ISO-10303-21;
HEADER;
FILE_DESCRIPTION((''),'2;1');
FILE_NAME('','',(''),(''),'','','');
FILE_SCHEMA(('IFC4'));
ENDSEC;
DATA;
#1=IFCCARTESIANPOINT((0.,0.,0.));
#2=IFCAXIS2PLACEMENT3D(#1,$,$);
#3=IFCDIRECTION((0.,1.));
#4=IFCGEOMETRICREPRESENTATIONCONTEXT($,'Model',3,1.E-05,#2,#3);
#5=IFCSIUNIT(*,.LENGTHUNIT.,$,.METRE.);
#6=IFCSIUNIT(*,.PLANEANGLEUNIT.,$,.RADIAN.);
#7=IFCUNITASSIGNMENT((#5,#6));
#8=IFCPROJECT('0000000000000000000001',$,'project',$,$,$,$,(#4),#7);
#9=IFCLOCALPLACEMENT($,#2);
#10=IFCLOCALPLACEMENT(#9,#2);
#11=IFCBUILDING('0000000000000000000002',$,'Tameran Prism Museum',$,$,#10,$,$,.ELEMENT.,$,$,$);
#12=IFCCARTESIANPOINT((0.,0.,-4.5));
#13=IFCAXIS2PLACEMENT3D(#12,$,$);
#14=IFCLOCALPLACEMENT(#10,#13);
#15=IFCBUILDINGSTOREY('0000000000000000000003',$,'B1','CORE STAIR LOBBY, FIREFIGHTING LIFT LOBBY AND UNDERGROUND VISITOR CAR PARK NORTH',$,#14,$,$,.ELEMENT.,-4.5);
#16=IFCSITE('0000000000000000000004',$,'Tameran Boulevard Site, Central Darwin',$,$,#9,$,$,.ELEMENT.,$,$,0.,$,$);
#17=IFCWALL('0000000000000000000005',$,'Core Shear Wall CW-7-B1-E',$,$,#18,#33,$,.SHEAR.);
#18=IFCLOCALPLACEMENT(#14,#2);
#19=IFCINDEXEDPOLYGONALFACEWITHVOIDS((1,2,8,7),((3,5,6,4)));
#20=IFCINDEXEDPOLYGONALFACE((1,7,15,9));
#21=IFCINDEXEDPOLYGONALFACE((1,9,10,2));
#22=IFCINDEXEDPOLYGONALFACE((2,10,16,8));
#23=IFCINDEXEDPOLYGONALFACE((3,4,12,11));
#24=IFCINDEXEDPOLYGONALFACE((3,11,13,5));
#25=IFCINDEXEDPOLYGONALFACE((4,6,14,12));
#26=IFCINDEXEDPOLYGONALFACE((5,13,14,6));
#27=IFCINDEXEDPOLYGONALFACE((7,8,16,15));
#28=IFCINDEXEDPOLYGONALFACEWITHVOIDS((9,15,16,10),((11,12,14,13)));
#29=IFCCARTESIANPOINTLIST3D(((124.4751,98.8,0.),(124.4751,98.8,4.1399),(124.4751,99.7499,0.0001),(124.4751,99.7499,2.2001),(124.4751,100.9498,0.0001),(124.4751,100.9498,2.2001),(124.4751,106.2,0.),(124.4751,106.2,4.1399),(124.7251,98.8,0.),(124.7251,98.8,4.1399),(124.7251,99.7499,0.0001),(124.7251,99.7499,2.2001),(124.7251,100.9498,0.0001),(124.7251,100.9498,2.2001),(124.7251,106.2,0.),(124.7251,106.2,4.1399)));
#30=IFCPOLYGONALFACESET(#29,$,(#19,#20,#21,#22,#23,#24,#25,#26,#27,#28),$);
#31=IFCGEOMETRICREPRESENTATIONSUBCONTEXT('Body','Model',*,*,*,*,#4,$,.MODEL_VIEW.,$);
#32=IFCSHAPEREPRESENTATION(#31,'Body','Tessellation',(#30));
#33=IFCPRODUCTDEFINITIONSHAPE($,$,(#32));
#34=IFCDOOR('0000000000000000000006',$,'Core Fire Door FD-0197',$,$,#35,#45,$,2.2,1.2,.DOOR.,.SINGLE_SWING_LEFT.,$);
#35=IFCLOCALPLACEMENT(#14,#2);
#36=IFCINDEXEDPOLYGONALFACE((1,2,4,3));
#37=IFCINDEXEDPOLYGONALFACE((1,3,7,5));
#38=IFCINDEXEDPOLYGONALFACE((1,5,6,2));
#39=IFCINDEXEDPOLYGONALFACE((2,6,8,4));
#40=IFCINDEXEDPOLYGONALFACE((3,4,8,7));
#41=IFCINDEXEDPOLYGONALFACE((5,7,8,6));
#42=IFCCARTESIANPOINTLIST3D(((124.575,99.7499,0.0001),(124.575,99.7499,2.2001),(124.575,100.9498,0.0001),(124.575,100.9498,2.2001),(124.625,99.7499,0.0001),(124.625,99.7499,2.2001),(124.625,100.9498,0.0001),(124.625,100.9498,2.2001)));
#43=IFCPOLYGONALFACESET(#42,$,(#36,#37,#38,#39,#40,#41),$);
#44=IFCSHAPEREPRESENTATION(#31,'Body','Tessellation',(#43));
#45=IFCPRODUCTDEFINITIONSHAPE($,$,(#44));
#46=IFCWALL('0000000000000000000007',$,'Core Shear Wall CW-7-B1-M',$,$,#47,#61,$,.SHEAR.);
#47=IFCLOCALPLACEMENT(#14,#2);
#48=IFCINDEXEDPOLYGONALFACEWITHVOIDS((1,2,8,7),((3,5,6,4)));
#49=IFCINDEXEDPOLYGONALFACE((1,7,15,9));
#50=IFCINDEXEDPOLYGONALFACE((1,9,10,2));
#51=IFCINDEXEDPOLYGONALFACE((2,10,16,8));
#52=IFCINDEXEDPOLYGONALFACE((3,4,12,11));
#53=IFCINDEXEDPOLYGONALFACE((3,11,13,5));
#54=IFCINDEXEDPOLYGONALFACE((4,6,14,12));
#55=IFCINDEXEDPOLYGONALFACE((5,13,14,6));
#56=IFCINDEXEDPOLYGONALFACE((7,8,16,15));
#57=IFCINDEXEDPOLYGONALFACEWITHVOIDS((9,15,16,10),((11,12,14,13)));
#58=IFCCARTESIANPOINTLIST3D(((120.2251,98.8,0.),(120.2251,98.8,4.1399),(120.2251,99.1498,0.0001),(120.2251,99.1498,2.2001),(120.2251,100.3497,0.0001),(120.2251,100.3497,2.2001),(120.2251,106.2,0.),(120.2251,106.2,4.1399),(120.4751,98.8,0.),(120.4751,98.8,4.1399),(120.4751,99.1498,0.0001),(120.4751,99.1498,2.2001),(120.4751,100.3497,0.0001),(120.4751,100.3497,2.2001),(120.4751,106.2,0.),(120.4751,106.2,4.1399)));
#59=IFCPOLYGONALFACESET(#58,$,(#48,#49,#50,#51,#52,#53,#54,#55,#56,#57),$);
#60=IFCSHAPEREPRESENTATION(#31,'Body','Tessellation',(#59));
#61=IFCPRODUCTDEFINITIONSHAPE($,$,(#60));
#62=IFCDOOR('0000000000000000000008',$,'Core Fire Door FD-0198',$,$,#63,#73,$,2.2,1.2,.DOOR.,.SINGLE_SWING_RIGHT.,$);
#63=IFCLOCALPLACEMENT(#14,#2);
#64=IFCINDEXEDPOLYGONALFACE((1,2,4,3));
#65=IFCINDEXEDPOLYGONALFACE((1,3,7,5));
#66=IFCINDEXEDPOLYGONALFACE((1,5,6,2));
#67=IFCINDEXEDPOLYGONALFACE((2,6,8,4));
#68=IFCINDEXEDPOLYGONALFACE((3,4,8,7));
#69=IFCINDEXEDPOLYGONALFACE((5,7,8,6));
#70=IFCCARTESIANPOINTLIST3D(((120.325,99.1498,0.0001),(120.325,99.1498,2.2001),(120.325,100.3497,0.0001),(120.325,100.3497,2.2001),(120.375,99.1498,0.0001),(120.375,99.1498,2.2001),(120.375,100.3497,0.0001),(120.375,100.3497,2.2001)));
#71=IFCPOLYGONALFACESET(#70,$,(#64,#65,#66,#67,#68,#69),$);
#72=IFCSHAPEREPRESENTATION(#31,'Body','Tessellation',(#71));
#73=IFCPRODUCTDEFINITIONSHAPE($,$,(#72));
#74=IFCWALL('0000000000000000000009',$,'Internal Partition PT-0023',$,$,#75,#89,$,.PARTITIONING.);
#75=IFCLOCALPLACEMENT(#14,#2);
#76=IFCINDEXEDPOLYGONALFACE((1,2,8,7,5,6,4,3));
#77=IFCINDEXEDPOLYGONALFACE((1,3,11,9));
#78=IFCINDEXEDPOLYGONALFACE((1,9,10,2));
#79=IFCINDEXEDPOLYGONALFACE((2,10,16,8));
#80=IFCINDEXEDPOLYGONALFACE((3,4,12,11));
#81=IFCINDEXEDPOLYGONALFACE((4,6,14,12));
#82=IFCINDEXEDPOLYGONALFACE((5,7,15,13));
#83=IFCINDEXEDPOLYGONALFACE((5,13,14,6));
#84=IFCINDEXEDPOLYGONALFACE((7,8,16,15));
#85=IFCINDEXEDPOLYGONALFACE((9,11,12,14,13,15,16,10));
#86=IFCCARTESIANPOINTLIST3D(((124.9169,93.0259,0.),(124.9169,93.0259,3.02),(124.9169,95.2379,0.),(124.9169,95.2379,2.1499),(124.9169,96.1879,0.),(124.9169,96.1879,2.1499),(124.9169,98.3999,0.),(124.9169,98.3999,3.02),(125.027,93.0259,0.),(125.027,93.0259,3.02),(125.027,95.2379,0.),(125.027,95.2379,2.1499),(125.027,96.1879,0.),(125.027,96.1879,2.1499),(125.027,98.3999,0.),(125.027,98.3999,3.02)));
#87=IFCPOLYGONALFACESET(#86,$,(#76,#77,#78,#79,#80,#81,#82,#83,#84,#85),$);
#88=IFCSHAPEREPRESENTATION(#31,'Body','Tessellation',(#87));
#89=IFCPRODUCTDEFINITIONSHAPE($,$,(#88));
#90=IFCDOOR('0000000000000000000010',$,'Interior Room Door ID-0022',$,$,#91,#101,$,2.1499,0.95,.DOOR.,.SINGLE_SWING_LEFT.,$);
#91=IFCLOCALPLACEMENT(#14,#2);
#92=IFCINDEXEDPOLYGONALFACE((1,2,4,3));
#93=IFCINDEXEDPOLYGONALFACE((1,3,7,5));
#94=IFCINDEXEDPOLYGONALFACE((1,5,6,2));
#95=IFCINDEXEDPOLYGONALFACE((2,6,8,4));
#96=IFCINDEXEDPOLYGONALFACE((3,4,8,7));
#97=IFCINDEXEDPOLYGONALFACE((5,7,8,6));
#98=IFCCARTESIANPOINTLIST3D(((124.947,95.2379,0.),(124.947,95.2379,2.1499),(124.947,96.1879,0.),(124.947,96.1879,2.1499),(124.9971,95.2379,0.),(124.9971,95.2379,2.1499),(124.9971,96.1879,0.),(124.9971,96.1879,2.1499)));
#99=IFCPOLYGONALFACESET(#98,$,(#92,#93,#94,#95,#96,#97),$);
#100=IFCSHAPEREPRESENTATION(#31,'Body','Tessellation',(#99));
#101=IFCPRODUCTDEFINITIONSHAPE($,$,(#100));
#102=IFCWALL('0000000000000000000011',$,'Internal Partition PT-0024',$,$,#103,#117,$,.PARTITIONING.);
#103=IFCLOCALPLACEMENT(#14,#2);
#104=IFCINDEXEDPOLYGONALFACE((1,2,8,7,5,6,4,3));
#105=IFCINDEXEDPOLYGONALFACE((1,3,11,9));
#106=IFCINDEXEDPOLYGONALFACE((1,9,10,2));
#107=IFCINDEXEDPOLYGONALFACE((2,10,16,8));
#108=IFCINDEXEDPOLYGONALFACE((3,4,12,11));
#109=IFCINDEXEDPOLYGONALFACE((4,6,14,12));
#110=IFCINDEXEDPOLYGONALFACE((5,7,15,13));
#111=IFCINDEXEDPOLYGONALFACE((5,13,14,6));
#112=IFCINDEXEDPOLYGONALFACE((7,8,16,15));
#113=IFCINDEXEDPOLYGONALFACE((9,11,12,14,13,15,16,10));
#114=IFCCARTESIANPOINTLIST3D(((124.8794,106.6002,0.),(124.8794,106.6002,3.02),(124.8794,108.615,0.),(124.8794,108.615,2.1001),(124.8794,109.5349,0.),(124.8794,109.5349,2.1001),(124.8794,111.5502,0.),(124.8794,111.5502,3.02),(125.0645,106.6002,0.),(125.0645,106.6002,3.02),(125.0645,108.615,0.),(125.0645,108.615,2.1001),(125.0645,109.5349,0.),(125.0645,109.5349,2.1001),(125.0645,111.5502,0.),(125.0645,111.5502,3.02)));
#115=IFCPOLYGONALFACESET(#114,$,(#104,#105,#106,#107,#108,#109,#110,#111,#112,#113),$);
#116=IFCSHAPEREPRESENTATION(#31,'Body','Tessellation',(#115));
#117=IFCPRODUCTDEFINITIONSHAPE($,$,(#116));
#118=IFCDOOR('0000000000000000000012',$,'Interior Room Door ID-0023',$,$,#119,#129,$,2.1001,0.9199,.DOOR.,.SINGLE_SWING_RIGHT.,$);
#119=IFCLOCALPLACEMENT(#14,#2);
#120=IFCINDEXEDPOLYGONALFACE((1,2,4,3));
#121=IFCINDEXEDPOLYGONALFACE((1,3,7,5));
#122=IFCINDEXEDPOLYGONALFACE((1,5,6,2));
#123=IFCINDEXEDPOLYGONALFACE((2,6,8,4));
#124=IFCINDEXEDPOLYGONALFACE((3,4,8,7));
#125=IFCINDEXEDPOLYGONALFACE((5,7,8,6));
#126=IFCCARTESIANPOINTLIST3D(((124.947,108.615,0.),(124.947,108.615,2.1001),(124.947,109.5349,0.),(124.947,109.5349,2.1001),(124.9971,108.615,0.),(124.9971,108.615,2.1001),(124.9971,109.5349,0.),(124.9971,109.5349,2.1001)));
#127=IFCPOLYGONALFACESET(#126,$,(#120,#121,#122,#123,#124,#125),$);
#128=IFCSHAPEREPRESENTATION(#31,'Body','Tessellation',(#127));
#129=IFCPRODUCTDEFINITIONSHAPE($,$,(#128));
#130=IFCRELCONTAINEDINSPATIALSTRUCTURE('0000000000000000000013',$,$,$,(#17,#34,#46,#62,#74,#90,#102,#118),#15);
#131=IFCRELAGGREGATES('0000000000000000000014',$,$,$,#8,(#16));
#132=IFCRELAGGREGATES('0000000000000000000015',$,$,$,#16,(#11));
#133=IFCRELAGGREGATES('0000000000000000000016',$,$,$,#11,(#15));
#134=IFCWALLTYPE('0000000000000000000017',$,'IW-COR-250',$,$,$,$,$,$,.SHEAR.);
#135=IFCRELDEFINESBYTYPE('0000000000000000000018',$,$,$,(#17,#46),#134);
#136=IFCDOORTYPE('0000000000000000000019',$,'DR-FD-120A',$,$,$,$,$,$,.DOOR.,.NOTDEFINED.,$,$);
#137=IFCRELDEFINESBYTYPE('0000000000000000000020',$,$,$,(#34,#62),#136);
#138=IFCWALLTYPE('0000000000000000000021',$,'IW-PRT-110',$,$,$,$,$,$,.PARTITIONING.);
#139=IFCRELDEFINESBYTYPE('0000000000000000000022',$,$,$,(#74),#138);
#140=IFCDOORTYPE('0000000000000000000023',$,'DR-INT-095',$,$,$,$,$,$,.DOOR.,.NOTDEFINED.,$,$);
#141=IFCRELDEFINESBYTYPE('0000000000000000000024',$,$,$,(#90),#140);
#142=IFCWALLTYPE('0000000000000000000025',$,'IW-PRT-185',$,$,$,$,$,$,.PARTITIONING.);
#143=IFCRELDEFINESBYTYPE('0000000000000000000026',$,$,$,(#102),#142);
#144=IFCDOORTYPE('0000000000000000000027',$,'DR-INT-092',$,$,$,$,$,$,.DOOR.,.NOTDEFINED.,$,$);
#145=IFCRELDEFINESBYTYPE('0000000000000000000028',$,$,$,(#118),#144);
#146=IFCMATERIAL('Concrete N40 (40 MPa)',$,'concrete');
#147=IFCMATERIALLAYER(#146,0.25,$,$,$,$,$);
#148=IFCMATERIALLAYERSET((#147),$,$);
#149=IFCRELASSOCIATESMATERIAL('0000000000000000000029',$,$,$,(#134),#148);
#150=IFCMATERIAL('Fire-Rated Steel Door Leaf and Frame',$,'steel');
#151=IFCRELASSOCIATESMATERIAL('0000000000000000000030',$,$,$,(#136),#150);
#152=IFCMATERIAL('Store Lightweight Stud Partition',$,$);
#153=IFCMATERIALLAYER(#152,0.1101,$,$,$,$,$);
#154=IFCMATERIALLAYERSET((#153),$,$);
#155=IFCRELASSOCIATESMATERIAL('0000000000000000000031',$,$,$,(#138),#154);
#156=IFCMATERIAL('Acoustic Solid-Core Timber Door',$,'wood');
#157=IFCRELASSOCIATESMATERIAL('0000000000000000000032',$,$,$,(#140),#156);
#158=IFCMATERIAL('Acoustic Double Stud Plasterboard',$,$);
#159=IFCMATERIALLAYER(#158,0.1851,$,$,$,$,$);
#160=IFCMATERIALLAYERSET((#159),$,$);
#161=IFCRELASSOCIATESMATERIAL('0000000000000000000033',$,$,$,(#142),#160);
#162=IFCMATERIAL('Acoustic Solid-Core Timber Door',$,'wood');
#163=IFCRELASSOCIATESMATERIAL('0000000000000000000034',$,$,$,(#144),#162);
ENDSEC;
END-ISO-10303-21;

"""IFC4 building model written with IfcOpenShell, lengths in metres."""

from ifc_helpers import new_model, si_unit, direction, frame, frame_2d, origin, place, context, subcontext, project, spatial, rectangle, extrude, material, layer, layer_set, type_object, element, fill, save


model = new_model("IFC4")

# Units and contexts
model_context = context("Model", 3, precision=1e-05, world=origin(), true_north=direction((0.0, 1.0)))
body_context = subcontext(model_context, "Body", "Model", "MODEL_VIEW")
ifc_project = project(units=[si_unit("LENGTHUNIT", "METRE"), si_unit("PLANEANGLEUNIT", "RADIAN")], contexts=[model_context])

# Site, building, storey
site_placement = place(None, origin())
site = spatial("IfcSite", under=ifc_project, at=site_placement, Name="Tameran Boulevard Site, Central Darwin", CompositionType="ELEMENT", RefElevation=0.0)
building_placement = place(site_placement, origin())
building = spatial("IfcBuilding", under=site, at=building_placement, Name="Tameran Prism Museum", CompositionType="ELEMENT")
storey_placement = place(building_placement, frame((0.0, 0.0, -4.5)))
storey = spatial("IfcBuildingStorey", under=building, at=storey_placement, Name="B1", Description="CORE STAIR LOBBY, FIREFIGHTING LIFT LOBBY AND UNDERGROUND VISITOR CAR PARK NORTH", CompositionType="ELEMENT", Elevation=-4.5)

# Shared definitions
ifc_material_1 = material(Name="Concrete N40 (40 MPa)", Category="concrete")
ifc_layer_1 = layer(ifc_material_1, 0.25)
ifc_layer_set_1 = layer_set([ifc_layer_1])
wall_type_1 = type_object("IfcWallType", Name="IW-COR-250", PredefinedType="SHEAR", material=ifc_layer_set_1)

# Walls, openings, doors
wall_1_placement = place(storey_placement, frame((124.6001, 106.2, 0.0), z_axis=(0.0, 0.0, 1.0), x_axis=(0.0, -1.0, 0.0)))
wall_1 = element("IfcWall", 1, at=wall_1_placement, inside=storey, type_object=wall_type_1, Name="Core Shear Wall CW-7-B1-E", PredefinedType="SHEAR", context=body_context, shape_type="SweptSolid", body=[
    extrude(rectangle(XDim=7.3999, YDim=0.25, at=frame_2d((3.7, 0.0))), origin(), (0.0, 0.0, 1.0), 4.1399),
])
opening_1_placement = place(wall_1_placement, frame((5.25, 0.0, 0.0)))
opening_1 = element("IfcOpeningElement", 2, at=opening_1_placement, cuts=wall_1, PredefinedType="OPENING", context=body_context, shape_type="SweptSolid", body=[
    extrude(rectangle(XDim=1.2, YDim=2.2, at=frame_2d((0.6001, 1.1001))), frame((0.0, 0.135, 0.0), z_axis=(0.0, -1.0, 0.0), x_axis=(1.0, 0.0, 0.0)), (0.0, 0.0, 1.0), 0.27),
])
ifc_material_2 = material(Name="Fire-Rated Steel Door Leaf and Frame", Category="steel")
door_type_1 = type_object("IfcDoorType", Name="DR-FD-120A", OperationType="NOTDEFINED", PredefinedType="DOOR", material=ifc_material_2)
door_1_placement = place(opening_1_placement, origin())
door_1 = element("IfcDoor", 3, at=door_1_placement, inside=storey, type_object=door_type_1, Name="Core Fire Door FD-0197", OperationType="SINGLE_SWING_LEFT", OverallHeight=2.2, OverallWidth=1.2, PredefinedType="DOOR", context=body_context, shape_type="SweptSolid", body=[
    extrude(rectangle(XDim=1.2, YDim=2.2, at=frame_2d((0.6001, 1.1001))), frame((0.0, 0.0249, 0.0), z_axis=(0.0, -1.0, 0.0), x_axis=(1.0, 0.0, 0.0)), (0.0, 0.0, 1.0), 0.05),
])
fill(opening_1, door_1)
wall_2_placement = place(storey_placement, frame((120.3501, 106.2, 0.0), z_axis=(0.0, 0.0, 1.0), x_axis=(0.0, -1.0, 0.0)))
wall_2 = element("IfcWall", 4, at=wall_2_placement, inside=storey, type_object=wall_type_1, Name="Core Shear Wall CW-7-B1-M", PredefinedType="SHEAR", context=body_context, shape_type="SweptSolid", body=[
    extrude(rectangle(XDim=7.3999, YDim=0.25, at=frame_2d((3.7, 0.0))), origin(), (0.0, 0.0, 1.0), 4.1399),
])
opening_2_placement = place(wall_2_placement, frame((5.8501, 0.0, 0.0)))
opening_2 = element("IfcOpeningElement", 5, at=opening_2_placement, cuts=wall_2, PredefinedType="OPENING", context=body_context, shape_type="SweptSolid", body=[
    extrude(rectangle(XDim=1.2, YDim=2.2, at=frame_2d((0.6001, 1.1001))), frame((0.0, 0.135, 0.0), z_axis=(0.0, -1.0, 0.0), x_axis=(1.0, 0.0, 0.0)), (0.0, 0.0, 1.0), 0.27),
])
door_2_placement = place(opening_2_placement, origin())
door_2 = element("IfcDoor", 6, at=door_2_placement, inside=storey, type_object=door_type_1, Name="Core Fire Door FD-0198", OperationType="SINGLE_SWING_RIGHT", OverallHeight=2.2, OverallWidth=1.2, PredefinedType="DOOR", context=body_context, shape_type="SweptSolid", body=[
    extrude(rectangle(XDim=1.2, YDim=2.2, at=frame_2d((0.6001, 1.1001))), frame((0.0, 0.0249, 0.0), z_axis=(0.0, -1.0, 0.0), x_axis=(1.0, 0.0, 0.0)), (0.0, 0.0, 1.0), 0.05),
])
fill(opening_2, door_2)
ifc_material_3 = material(Name="Store Lightweight Stud Partition")
ifc_layer_2 = layer(ifc_material_3, 0.1101)
ifc_layer_set_2 = layer_set([ifc_layer_2])
wall_type_2 = type_object("IfcWallType", Name="IW-PRT-110", PredefinedType="PARTITIONING", material=ifc_layer_set_2)
wall_3_placement = place(storey_placement, frame((124.9719, 93.0259, 0.0), z_axis=(0.0, 0.0, 1.0), x_axis=(0.0, 1.0, 0.0)))
wall_3 = element("IfcWall", 7, at=wall_3_placement, inside=storey, type_object=wall_type_2, Name="Internal Partition PT-0023", PredefinedType="PARTITIONING", context=body_context, shape_type="SweptSolid", body=[
    extrude(rectangle(XDim=5.374, YDim=0.1101, at=frame_2d((2.687, 0.0))), origin(), (0.0, 0.0, 1.0), 3.02),
])
opening_3_placement = place(wall_3_placement, frame((2.2119, 0.0, 0.0)))
opening_3 = element("IfcOpeningElement", 8, at=opening_3_placement, cuts=wall_3, PredefinedType="OPENING", context=body_context, shape_type="SweptSolid", body=[
    extrude(rectangle(XDim=0.95, YDim=2.1499, at=frame_2d((0.4751, 1.075))), frame((0.0, 0.0649, 0.0), z_axis=(0.0, -1.0, 0.0), x_axis=(1.0, 0.0, 0.0)), (0.0, 0.0, 1.0), 0.1301),
])
ifc_material_4 = material(Name="Acoustic Solid-Core Timber Door", Category="wood")
door_type_2 = type_object("IfcDoorType", Name="DR-INT-095", OperationType="NOTDEFINED", PredefinedType="DOOR", material=ifc_material_4)
door_3_placement = place(opening_3_placement, origin())
door_3 = element("IfcDoor", 9, at=door_3_placement, inside=storey, type_object=door_type_2, Name="Interior Room Door ID-0022", OperationType="SINGLE_SWING_LEFT", OverallHeight=2.1499, OverallWidth=0.95, PredefinedType="DOOR", context=body_context, shape_type="SweptSolid", body=[
    extrude(rectangle(XDim=0.95, YDim=2.1499, at=frame_2d((0.4751, 1.075))), frame((0.0, 0.0249, 0.0), z_axis=(0.0, -1.0, 0.0), x_axis=(1.0, 0.0, 0.0)), (0.0, 0.0, 1.0), 0.05),
])
fill(opening_3, door_3)
ifc_material_5 = material(Name="Acoustic Double Stud Plasterboard")
ifc_layer_3 = layer(ifc_material_5, 0.1851)
ifc_layer_set_3 = layer_set([ifc_layer_3])
wall_type_3 = type_object("IfcWallType", Name="IW-PRT-185", PredefinedType="PARTITIONING", material=ifc_layer_set_3)
wall_4_placement = place(storey_placement, frame((124.9719, 106.6001, 0.0), z_axis=(0.0, 0.0, 1.0), x_axis=(0.0, 1.0, 0.0)))
wall_4 = element("IfcWall", 10, at=wall_4_placement, inside=storey, type_object=wall_type_3, Name="Internal Partition PT-0024", PredefinedType="PARTITIONING", context=body_context, shape_type="SweptSolid", body=[
    extrude(rectangle(XDim=4.95, YDim=0.1851, at=frame_2d((2.4751, 0.0))), origin(), (0.0, 0.0, 1.0), 3.02),
])
opening_4_placement = place(wall_4_placement, frame((2.0149, 0.0, 0.0)))
opening_4 = element("IfcOpeningElement", 11, at=opening_4_placement, cuts=wall_4, PredefinedType="OPENING", context=body_context, shape_type="SweptSolid", body=[
    extrude(rectangle(XDim=0.9199, YDim=2.1001, at=frame_2d((0.46, 1.05))), frame((0.0, 0.1025, 0.0), z_axis=(0.0, -1.0, 0.0), x_axis=(1.0, 0.0, 0.0)), (0.0, 0.0, 1.0), 0.2051),
])
ifc_material_6 = material(Name="Acoustic Solid-Core Timber Door", Category="wood")
door_type_3 = type_object("IfcDoorType", Name="DR-INT-092", OperationType="NOTDEFINED", PredefinedType="DOOR", material=ifc_material_6)
door_4_placement = place(opening_4_placement, origin())
door_4 = element("IfcDoor", 12, at=door_4_placement, inside=storey, type_object=door_type_3, Name="Interior Room Door ID-0023", OperationType="SINGLE_SWING_RIGHT", OverallHeight=2.1001, OverallWidth=0.9199, PredefinedType="DOOR", context=body_context, shape_type="SweptSolid", body=[
    extrude(rectangle(XDim=0.9199, YDim=2.1001, at=frame_2d((0.46, 1.05))), frame((0.0, 0.0249, 0.0), z_axis=(0.0, -1.0, 0.0), x_axis=(1.0, 0.0, 0.0)), (0.0, 0.0, 1.0), 0.05),
])
fill(opening_4, door_4)

save(model, "model.ifc")
